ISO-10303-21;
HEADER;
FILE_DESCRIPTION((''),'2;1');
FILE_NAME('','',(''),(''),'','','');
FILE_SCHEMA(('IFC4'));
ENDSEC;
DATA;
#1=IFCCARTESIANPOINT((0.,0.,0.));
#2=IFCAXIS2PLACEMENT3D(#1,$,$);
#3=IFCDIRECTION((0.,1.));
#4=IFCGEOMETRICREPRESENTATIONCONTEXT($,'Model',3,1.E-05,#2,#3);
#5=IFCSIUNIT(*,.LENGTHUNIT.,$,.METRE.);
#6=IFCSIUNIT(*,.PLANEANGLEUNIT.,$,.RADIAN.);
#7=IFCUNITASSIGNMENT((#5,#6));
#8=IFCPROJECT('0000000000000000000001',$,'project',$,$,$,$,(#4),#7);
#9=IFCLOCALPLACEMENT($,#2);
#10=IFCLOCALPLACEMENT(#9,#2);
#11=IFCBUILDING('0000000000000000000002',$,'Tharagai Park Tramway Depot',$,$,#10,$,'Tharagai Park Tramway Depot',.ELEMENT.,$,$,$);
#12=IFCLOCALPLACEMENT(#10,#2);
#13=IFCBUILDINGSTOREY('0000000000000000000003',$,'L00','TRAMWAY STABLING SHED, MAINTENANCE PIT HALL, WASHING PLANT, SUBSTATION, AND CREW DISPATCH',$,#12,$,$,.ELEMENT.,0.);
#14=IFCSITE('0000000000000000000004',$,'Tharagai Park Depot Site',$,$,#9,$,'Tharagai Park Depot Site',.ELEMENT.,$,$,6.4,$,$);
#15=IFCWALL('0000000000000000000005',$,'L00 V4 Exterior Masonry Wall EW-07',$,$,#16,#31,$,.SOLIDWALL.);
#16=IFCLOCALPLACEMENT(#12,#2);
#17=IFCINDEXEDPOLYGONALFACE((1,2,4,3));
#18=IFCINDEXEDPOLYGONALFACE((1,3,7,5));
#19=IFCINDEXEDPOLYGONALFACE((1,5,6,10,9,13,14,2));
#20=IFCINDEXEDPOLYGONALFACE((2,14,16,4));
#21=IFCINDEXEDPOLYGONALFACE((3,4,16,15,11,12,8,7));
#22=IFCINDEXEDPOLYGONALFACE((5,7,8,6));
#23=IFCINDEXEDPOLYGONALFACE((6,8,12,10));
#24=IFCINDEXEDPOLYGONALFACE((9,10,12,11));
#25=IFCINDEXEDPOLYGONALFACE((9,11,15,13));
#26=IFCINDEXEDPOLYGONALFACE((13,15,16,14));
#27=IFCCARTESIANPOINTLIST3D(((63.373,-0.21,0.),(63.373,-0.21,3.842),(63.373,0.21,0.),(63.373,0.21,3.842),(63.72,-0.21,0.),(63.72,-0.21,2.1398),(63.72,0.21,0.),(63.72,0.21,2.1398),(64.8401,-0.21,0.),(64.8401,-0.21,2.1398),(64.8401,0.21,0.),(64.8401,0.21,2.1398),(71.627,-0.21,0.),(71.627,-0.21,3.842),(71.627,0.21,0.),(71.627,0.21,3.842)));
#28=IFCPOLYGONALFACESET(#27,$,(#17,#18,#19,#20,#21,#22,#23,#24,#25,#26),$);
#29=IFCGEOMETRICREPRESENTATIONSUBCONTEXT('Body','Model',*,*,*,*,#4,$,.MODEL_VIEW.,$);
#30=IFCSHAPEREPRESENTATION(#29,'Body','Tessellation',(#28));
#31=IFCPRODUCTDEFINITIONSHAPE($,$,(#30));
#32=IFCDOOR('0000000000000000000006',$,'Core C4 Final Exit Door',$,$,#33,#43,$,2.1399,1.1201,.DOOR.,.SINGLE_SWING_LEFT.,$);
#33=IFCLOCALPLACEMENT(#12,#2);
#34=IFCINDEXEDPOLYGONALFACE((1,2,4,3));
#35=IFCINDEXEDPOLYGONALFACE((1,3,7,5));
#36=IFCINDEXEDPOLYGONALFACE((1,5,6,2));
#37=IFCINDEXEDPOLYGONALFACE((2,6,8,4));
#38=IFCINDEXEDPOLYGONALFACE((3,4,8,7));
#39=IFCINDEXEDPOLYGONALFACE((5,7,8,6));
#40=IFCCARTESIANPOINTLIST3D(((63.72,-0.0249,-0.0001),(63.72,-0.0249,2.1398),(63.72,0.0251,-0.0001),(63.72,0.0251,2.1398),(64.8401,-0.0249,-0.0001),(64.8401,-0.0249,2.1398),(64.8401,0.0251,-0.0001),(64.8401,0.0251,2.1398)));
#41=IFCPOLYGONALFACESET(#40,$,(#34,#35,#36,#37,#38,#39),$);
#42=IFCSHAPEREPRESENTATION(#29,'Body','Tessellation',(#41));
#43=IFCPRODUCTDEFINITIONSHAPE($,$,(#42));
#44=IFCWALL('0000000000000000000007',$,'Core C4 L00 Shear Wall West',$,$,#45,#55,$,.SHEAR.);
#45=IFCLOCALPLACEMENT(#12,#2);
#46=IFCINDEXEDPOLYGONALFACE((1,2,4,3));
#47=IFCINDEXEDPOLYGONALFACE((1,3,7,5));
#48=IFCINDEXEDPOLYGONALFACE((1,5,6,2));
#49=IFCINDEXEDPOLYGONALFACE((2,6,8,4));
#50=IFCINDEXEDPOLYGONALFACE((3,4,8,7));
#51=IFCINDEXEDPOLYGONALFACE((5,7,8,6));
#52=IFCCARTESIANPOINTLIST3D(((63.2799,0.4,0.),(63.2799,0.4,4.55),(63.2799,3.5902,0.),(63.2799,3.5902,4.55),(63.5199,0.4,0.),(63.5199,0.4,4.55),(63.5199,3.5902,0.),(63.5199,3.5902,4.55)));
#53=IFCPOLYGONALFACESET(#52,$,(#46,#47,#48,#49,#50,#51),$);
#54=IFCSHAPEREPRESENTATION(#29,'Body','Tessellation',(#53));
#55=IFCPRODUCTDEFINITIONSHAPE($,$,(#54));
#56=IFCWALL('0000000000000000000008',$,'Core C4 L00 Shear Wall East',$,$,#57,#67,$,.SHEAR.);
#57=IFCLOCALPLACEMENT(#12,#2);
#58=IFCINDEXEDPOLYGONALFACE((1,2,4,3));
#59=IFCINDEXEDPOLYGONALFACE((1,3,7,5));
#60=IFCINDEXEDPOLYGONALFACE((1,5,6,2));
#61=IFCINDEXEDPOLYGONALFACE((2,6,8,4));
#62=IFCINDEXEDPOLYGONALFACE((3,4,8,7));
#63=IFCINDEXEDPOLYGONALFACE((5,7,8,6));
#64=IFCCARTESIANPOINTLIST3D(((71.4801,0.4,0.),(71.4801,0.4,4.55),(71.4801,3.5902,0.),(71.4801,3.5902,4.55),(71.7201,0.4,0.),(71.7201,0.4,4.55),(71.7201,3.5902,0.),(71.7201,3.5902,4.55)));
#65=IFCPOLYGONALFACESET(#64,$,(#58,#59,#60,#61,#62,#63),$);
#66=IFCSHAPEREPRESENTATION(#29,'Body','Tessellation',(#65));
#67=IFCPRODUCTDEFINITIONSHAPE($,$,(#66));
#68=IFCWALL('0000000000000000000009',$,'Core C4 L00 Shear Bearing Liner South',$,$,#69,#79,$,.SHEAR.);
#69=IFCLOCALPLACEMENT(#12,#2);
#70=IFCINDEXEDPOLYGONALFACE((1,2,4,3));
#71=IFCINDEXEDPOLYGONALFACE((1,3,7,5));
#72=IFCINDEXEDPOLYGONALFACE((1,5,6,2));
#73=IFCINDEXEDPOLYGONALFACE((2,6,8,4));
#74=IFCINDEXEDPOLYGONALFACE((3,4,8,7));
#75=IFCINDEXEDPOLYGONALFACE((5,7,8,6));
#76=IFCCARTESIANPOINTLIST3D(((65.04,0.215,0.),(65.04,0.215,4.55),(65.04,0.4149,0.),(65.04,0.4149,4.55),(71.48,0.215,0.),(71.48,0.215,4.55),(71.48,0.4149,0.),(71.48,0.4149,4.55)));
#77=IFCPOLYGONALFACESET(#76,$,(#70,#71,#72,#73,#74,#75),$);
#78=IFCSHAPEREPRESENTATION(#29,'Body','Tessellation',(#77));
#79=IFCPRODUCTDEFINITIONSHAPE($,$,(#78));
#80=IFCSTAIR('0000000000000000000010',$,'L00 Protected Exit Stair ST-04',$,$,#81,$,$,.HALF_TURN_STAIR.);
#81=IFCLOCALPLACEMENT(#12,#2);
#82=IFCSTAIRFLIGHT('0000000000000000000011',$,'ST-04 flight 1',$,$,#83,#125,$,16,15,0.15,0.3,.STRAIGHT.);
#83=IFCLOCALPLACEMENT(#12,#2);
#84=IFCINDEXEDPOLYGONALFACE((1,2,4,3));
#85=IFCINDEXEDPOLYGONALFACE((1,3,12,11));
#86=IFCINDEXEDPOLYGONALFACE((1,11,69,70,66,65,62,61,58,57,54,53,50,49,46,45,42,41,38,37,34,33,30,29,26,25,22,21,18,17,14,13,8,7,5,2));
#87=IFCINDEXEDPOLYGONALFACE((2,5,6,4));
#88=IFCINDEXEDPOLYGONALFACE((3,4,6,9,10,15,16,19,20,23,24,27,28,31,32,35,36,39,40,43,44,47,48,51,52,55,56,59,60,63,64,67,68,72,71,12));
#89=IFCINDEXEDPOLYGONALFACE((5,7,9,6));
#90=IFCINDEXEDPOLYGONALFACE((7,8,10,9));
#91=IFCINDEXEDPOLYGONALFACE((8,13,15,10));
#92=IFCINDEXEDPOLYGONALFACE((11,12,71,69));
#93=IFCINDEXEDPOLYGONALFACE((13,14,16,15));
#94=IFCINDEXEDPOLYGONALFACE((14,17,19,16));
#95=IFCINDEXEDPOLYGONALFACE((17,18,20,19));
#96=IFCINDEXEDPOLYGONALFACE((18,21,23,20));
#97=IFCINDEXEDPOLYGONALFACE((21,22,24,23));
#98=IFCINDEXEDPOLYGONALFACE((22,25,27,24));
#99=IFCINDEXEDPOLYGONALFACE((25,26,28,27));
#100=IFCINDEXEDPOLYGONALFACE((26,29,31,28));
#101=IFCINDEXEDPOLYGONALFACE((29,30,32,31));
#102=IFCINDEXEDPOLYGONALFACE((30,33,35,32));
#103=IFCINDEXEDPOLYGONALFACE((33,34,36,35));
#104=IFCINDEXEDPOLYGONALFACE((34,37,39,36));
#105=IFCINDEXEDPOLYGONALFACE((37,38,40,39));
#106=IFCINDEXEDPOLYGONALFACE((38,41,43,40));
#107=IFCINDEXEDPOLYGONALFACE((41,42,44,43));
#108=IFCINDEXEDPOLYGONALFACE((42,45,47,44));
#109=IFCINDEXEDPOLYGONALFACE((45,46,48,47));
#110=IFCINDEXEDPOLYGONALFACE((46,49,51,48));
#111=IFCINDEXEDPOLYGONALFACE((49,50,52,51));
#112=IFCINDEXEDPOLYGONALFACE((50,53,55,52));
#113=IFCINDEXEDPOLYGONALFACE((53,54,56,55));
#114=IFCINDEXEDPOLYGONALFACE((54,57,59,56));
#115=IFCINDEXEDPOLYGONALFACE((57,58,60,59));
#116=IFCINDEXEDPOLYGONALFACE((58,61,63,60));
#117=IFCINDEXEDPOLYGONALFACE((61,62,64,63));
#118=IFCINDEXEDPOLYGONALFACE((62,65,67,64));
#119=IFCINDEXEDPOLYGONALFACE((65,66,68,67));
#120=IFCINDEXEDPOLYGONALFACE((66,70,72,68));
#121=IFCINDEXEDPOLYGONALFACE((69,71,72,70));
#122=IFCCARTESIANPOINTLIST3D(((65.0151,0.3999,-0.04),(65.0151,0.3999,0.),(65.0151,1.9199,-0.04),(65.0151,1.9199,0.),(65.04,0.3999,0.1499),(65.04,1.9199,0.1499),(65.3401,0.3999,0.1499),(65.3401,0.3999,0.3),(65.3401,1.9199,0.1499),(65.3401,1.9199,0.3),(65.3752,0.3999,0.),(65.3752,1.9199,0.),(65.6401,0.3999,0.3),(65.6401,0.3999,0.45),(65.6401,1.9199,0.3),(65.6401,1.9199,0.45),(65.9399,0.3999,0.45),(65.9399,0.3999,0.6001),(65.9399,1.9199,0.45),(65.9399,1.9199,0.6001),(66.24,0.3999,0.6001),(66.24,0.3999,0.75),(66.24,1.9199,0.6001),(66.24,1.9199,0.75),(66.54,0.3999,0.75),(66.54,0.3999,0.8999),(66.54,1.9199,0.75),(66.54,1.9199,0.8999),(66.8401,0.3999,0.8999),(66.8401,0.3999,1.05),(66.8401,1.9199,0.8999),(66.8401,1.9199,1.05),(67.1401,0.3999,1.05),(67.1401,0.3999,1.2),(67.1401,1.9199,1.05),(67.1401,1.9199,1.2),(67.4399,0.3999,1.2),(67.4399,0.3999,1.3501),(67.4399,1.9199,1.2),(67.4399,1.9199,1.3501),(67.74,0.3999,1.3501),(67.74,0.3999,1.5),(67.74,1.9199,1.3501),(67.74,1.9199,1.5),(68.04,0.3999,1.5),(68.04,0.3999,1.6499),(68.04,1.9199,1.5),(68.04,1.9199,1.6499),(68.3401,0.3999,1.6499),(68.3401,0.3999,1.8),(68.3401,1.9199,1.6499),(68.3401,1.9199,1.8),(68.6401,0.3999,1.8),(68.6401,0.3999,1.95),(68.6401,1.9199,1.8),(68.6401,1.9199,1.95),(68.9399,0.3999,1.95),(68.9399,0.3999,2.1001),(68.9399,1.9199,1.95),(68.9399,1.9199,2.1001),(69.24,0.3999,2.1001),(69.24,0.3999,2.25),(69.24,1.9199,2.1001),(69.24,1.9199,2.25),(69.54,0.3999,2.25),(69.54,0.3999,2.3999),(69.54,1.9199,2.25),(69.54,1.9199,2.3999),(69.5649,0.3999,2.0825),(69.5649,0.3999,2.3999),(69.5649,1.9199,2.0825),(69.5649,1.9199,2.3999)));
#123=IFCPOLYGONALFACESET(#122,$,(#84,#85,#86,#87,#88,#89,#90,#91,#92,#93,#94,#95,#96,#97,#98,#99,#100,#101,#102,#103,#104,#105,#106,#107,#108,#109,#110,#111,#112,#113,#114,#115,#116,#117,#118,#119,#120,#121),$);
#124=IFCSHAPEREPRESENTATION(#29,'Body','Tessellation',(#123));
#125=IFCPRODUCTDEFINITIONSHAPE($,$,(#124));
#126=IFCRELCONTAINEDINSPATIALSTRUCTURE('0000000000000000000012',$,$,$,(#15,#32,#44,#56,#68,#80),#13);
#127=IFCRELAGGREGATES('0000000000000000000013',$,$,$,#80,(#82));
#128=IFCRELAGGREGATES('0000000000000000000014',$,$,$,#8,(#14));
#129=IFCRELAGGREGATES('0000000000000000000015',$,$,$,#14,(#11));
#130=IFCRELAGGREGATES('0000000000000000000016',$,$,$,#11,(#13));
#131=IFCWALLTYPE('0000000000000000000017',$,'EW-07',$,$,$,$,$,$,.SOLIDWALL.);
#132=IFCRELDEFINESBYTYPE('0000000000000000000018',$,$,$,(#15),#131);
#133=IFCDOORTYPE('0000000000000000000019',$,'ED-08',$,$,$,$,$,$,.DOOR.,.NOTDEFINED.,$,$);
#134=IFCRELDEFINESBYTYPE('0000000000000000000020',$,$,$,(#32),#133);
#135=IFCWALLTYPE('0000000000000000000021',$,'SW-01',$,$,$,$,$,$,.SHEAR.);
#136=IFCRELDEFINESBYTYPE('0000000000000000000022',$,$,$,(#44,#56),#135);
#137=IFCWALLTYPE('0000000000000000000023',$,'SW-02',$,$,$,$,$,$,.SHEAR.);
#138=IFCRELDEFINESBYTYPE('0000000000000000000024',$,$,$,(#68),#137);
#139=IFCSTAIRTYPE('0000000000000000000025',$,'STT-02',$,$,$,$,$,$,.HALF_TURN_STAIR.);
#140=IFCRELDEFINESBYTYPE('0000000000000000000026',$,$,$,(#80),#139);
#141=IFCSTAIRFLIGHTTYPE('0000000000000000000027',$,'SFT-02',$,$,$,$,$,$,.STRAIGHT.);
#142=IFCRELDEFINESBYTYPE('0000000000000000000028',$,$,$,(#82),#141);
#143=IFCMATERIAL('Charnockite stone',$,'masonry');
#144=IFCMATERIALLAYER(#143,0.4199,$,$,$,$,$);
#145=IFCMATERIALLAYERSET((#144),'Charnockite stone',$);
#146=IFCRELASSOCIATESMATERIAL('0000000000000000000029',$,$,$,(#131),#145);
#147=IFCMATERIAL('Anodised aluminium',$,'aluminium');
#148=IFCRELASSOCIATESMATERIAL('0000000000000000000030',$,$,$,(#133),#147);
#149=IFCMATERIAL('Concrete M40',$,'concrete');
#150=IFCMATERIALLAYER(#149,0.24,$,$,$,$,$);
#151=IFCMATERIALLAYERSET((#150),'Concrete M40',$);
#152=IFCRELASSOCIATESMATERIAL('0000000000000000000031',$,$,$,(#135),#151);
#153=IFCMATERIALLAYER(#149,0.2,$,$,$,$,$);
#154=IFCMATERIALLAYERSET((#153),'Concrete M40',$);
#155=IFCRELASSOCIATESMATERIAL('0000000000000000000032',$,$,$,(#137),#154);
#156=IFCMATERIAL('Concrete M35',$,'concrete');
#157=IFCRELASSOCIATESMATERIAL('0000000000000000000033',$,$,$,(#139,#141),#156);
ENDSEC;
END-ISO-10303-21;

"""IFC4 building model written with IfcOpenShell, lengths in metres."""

from ifc_helpers import new_model, si_unit, direction, frame, frame_2d, origin, place, context, subcontext, project, spatial, polyline, rectangle, outline, extrude, material, layer, layer_set, type_object, element, fill, aggregate, save


model = new_model("IFC4")

# Units and contexts
model_context = context("Model", 3, precision=1e-05, world=origin(), true_north=direction((0.0, 1.0)))
body_context = subcontext(model_context, "Body", "Model", "MODEL_VIEW")
ifc_project = project(units=[si_unit("LENGTHUNIT", "METRE"), si_unit("PLANEANGLEUNIT", "RADIAN")], contexts=[model_context])

# Site, building, storey
site_placement = place(None, origin())
site = spatial("IfcSite", under=ifc_project, at=site_placement, Name="Tharagai Park Depot Site", LongName="Tharagai Park Depot Site", CompositionType="ELEMENT", RefElevation=6.4)
building_placement = place(site_placement, origin())
building = spatial("IfcBuilding", under=site, at=building_placement, Name="Tharagai Park Tramway Depot", LongName="Tharagai Park Tramway Depot", CompositionType="ELEMENT")
storey_placement = place(building_placement, origin())
storey = spatial("IfcBuildingStorey", under=building, at=storey_placement, Name="L00", Description="TRAMWAY STABLING SHED, MAINTENANCE PIT HALL, WASHING PLANT, SUBSTATION, AND CREW DISPATCH", CompositionType="ELEMENT", Elevation=0.0)

# Shared definitions
ifc_material_1 = material(Name="Concrete M40", Category="concrete")

# Shared definitions
ifc_material_2 = material(Name="Concrete M35", Category="concrete")

# Wall, opening, door
ifc_material_3 = material(Name="Charnockite stone", Category="masonry")
ifc_layer_1 = layer(ifc_material_3, 0.4199)
ifc_layer_set_1 = layer_set([ifc_layer_1], Name="Charnockite stone")
wall_type_1 = type_object("IfcWallType", Name="EW-07", PredefinedType="SOLIDWALL", material=ifc_layer_set_1)
wall_1_placement = place(storey_placement, frame((63.373, 0.0, 0.0), z_axis=(0.0, 0.0, 1.0), x_axis=(1.0, 0.0, 0.0)))
wall_1 = element("IfcWall", 1, at=wall_1_placement, inside=storey, type_object=wall_type_1, Name="L00 V4 Exterior Masonry Wall EW-07", PredefinedType="SOLIDWALL", context=body_context, shape_type="SweptSolid", body=[
    extrude(rectangle(XDim=8.2539, YDim=0.4199, at=frame_2d((4.127, 0.0))), origin(), (0.0, 0.0, 1.0), 3.842),
])
opening_placement = place(wall_1_placement, frame((0.3469, 0.0, 0.0)))
opening = element("IfcOpeningElement", 2, at=opening_placement, cuts=wall_1, PredefinedType="OPENING", context=body_context, shape_type="SweptSolid", body=[
    extrude(rectangle(XDim=1.1201, YDim=2.1399, at=frame_2d((0.5601, 1.0698))), frame((0.0, 0.22, 0.0), z_axis=(0.0, -1.0, 0.0), x_axis=(1.0, 0.0, 0.0)), (0.0, 0.0, 1.0), 0.4399),
])
ifc_material_4 = material(Name="Anodised aluminium", Category="aluminium")
door_type = type_object("IfcDoorType", Name="ED-08", OperationType="NOTDEFINED", PredefinedType="DOOR", material=ifc_material_4)
door_placement = place(opening_placement, frame((1.1201, 0.0, 0.0), z_axis=(0.0, 0.0, 1.0), x_axis=(-1.0, 0.0, 0.0)))
door = element("IfcDoor", 3, at=door_placement, inside=storey, type_object=door_type, Name="Core C4 Final Exit Door", OperationType="SINGLE_SWING_LEFT", OverallHeight=2.1399, OverallWidth=1.1201, PredefinedType="DOOR", context=body_context, shape_type="SweptSolid", body=[
    extrude(rectangle(XDim=1.1201, YDim=2.1399, at=frame_2d((0.5601, 1.0698))), frame((0.0, 0.0249, 0.0), z_axis=(0.0, -1.0, 0.0), x_axis=(1.0, 0.0, 0.0)), (0.0, 0.0, 1.0), 0.05),
])
fill(opening, door)

# Walls
ifc_layer_2 = layer(ifc_material_1, 0.24)
ifc_layer_set_2 = layer_set([ifc_layer_2], Name="Concrete M40")
wall_type_2 = type_object("IfcWallType", Name="SW-01", PredefinedType="SHEAR", material=ifc_layer_set_2)
for number, where, z_axis, x_axis, name in (
    (4, (63.3999, 0.3999, 0.0), (0.0, 0.0, 1.0), (0.0, 1.0, 0.0), "Core C4 L00 Shear Wall West"),
    (5, (71.6001, 0.3999, 0.0), (0.0, 0.0, 1.0), (0.0, 1.0, 0.0), "Core C4 L00 Shear Wall East"),
):
    element("IfcWall", number, at=place(storey_placement, frame(where, z_axis=z_axis, x_axis=x_axis)), inside=storey, type_object=wall_type_2, Name=name, PredefinedType="SHEAR", context=body_context, shape_type="SweptSolid", body=[
        extrude(rectangle(XDim=3.1902, YDim=0.24, at=frame_2d((1.5952, 0.0))), origin(), (0.0, 0.0, 1.0), 4.55),
    ])
ifc_layer_3 = layer(ifc_material_1, 0.2)
ifc_layer_set_3 = layer_set([ifc_layer_3], Name="Concrete M40")
wall_type_3 = type_object("IfcWallType", Name="SW-02", PredefinedType="SHEAR", material=ifc_layer_set_3)
wall_2_placement = place(storey_placement, frame((65.04, 0.3149, 0.0), z_axis=(0.0, 0.0, 1.0), x_axis=(1.0, 0.0, 0.0)))
element("IfcWall", 6, at=wall_2_placement, inside=storey, type_object=wall_type_3, Name="Core C4 L00 Shear Bearing Liner South", PredefinedType="SHEAR", context=body_context, shape_type="SweptSolid", body=[
    extrude(rectangle(XDim=6.4399, YDim=0.2, at=frame_2d((3.22, 0.0))), origin(), (0.0, 0.0, 1.0), 4.55),
])

# Stair, stair flight
stair_type = type_object("IfcStairType", Name="STT-02", PredefinedType="HALF_TURN_STAIR", material=ifc_material_2)
stair_placement = place(storey_placement, origin())
stair = element("IfcStair", 7, at=stair_placement, inside=storey, type_object=stair_type, Name="L00 Protected Exit Stair ST-04", PredefinedType="HALF_TURN_STAIR")
stair_flight_type = type_object("IfcStairFlightType", Name="SFT-02", PredefinedType="STRAIGHT", material=ifc_material_2)
stair_flight_placement = place(storey_placement, frame((65.04, 1.1599, 0.0), z_axis=(0.0, 0.0, 1.0), x_axis=(1.0, 0.0, 0.0)))
stair_flight = element("IfcStairFlight", 8, at=stair_flight_placement, type_object=stair_flight_type, Name="ST-04 flight 1", NumberOfRisers=16, NumberOfTreads=15, PredefinedType="STRAIGHT", RiserHeight=0.15, TreadLength=0.3, context=body_context, shape_type="SweptSolid", body=[
    extrude(outline(polyline([(-0.0249, 0.0), (0.0, 0.1499), (0.3, 0.1499), (0.3, 0.3), (0.6001, 0.3), (0.6001, 0.45), (0.8999, 0.45), (0.8999, 0.6001), (1.2, 0.6001), (1.2, 0.75), (1.5, 0.75), (1.5, 0.8999), (1.8, 0.8999), (1.8, 1.05), (2.1001, 1.05), (2.1001, 1.2), (2.3999, 1.2), (2.3999, 1.3501), (2.7, 1.3501), (2.7, 1.5), (3.0, 1.5), (3.0, 1.6499), (3.3, 1.6499), (3.3, 1.8), (3.6001, 1.8), (3.6001, 1.95), (3.8999, 1.95), (3.8999, 2.1001), (4.2, 2.1001), (4.2, 2.25), (4.5, 2.25), (4.5, 2.3999), (4.5249, 2.3999), (4.5249, 2.0825), (0.3352, 0.0), (-0.0249, -0.04), (-0.0249, 0.0)])), frame((0.0, 0.76, 0.0), z_axis=(0.0, -1.0, 0.0), x_axis=(1.0, 0.0, 0.0)), (0.0, 0.0, 1.0), 1.52),
])
aggregate(stair, [stair_flight])

save(model, "model.ifc")
